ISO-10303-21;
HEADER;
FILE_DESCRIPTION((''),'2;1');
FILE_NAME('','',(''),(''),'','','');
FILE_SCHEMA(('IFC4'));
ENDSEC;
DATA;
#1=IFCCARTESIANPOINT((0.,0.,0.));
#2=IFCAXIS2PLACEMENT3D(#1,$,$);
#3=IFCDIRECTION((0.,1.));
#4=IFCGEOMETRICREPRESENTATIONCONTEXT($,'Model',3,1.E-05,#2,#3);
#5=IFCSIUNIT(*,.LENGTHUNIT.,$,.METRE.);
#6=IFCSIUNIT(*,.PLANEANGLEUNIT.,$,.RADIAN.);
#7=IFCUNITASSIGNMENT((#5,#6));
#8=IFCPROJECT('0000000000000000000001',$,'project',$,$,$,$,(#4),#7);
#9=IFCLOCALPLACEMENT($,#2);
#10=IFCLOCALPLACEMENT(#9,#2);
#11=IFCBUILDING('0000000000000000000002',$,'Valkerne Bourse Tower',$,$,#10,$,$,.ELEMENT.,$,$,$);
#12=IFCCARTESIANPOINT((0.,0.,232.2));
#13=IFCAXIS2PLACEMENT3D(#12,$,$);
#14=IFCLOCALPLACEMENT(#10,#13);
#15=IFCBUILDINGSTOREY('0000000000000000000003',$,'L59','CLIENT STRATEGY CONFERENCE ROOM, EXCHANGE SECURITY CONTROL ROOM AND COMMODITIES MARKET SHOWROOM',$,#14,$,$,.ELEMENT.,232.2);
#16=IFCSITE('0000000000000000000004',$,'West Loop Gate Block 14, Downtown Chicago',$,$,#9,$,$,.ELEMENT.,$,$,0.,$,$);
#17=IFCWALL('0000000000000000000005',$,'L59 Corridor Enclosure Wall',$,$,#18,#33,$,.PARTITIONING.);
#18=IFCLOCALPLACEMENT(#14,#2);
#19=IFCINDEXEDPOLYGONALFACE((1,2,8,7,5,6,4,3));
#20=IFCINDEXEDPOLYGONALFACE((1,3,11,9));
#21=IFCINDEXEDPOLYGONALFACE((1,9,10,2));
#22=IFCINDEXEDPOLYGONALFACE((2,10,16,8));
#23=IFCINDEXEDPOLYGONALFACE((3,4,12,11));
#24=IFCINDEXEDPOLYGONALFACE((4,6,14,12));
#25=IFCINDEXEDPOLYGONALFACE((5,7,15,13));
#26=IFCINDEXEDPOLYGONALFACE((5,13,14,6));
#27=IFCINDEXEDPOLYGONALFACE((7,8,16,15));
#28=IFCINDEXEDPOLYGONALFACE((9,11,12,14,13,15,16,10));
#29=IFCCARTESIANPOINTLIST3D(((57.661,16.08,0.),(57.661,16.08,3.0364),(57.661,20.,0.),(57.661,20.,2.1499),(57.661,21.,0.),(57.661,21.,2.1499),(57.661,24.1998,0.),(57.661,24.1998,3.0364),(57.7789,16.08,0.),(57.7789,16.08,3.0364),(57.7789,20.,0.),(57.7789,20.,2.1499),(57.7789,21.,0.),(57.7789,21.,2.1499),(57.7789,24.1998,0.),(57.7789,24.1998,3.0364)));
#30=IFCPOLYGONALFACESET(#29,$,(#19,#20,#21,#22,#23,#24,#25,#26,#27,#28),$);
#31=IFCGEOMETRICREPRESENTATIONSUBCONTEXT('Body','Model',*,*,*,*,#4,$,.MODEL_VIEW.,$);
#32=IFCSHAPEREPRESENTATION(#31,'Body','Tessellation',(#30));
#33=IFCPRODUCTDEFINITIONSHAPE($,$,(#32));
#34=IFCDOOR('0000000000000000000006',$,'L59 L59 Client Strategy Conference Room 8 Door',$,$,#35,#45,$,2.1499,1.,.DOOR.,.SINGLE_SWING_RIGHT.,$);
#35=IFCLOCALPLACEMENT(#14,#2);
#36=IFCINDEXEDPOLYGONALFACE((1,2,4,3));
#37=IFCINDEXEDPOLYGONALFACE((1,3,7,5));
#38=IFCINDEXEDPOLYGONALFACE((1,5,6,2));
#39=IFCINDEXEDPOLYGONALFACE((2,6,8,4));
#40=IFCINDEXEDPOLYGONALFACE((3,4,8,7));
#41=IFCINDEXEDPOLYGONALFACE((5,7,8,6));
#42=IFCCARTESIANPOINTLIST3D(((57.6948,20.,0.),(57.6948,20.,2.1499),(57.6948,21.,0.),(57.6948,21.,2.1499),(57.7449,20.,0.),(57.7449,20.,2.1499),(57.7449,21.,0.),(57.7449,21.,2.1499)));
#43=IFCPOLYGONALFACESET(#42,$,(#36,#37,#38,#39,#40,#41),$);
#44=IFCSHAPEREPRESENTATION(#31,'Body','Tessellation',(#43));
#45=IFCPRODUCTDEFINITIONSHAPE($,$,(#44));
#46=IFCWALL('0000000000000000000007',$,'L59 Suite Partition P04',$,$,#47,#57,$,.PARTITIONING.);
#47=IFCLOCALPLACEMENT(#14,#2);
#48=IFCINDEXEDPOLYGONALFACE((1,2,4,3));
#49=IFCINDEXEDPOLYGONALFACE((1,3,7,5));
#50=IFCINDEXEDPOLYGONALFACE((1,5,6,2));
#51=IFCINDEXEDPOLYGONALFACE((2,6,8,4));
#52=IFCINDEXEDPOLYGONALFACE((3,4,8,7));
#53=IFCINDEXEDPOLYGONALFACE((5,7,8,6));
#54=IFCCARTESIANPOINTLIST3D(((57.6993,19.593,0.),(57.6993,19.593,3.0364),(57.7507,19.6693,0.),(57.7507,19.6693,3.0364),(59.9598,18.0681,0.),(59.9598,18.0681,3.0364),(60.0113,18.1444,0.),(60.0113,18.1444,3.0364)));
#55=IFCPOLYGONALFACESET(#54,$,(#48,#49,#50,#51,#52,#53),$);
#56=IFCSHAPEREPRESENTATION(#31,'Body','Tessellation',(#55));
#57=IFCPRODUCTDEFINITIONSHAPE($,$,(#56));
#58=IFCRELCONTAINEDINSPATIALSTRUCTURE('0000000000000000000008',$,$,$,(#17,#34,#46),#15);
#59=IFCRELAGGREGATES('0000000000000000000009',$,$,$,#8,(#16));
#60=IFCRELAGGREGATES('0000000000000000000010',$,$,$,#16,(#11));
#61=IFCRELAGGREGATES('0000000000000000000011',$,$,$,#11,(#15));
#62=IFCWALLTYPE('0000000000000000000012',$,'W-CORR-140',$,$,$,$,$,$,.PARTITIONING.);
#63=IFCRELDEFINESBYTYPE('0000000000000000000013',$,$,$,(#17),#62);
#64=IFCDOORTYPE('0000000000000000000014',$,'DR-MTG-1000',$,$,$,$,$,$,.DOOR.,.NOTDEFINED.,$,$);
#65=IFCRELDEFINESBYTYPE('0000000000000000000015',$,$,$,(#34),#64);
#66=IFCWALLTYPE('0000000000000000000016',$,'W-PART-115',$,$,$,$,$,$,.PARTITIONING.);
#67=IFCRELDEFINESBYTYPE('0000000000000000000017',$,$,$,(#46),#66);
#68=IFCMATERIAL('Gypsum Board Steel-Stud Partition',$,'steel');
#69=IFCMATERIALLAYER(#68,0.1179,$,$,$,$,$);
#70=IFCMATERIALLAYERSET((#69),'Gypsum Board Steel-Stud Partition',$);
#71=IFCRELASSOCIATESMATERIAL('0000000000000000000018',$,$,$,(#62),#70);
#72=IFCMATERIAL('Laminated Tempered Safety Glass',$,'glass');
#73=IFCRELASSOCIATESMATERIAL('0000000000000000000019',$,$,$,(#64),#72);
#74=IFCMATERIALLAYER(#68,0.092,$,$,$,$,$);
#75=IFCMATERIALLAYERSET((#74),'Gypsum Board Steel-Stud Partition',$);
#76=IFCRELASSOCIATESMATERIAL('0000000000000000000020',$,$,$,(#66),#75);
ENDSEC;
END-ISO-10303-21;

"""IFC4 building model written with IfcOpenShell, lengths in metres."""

from ifc_helpers import new_model, si_unit, direction, frame, frame_2d, origin, place, context, subcontext, project, spatial, rectangle, extrude, material, layer, layer_set, type_object, element, fill, save


model = new_model("IFC4")

# Units and contexts
model_context = context("Model", 3, precision=1e-05, world=origin(), true_north=direction((0.0, 1.0)))
body_context = subcontext(model_context, "Body", "Model", "MODEL_VIEW")
ifc_project = project(units=[si_unit("LENGTHUNIT", "METRE"), si_unit("PLANEANGLEUNIT", "RADIAN")], contexts=[model_context])

# Site, building, storey
site_placement = place(None, origin())
site = spatial("IfcSite", under=ifc_project, at=site_placement, Name="West Loop Gate Block 14, Downtown Chicago", CompositionType="ELEMENT", RefElevation=0.0)
building_placement = place(site_placement, origin())
building = spatial("IfcBuilding", under=site, at=building_placement, Name="Valkerne Bourse Tower", CompositionType="ELEMENT")
storey_placement = place(building_placement, frame((0.0, 0.0, 232.2)))
storey = spatial("IfcBuildingStorey", under=building, at=storey_placement, Name="L59", Description="CLIENT STRATEGY CONFERENCE ROOM, EXCHANGE SECURITY CONTROL ROOM AND COMMODITIES MARKET SHOWROOM", CompositionType="ELEMENT", Elevation=232.2)

# Shared definitions
ifc_material_1 = material(Name="Gypsum Board Steel-Stud Partition", Category="steel")
ifc_layer_1 = layer(ifc_material_1, 0.1179)
ifc_layer_set_1 = layer_set([ifc_layer_1], Name="Gypsum Board Steel-Stud Partition")
wall_type_1 = type_object("IfcWallType", Name="W-CORR-140", PredefinedType="PARTITIONING", material=ifc_layer_set_1)

# Wall, opening, door
wall_1_placement = place(storey_placement, frame((57.72, 24.2, 0.0), z_axis=(0.0, 0.0, 1.0), x_axis=(0.0, -1.0, 0.0)))
wall_1 = element("IfcWall", 1, at=wall_1_placement, inside=storey, type_object=wall_type_1, Name="L59 Corridor Enclosure Wall", PredefinedType="PARTITIONING", context=body_context, shape_type="SweptSolid", body=[
    extrude(rectangle(XDim=8.1199, YDim=0.1179, at=frame_2d((4.0601, 0.0))), origin(), (0.0, 0.0, 1.0), 3.0364),
])
opening_1_placement = place(wall_1_placement, frame((3.2, 0.0, 0.0)))
opening_1 = element("IfcOpeningElement", 2, at=opening_1_placement, cuts=wall_1, PredefinedType="OPENING", context=body_context, shape_type="SweptSolid", body=[
    extrude(rectangle(XDim=1.0, YDim=2.1499, at=frame_2d((0.5, 1.075))), frame((0.0, 0.0688, 0.0), z_axis=(0.0, -1.0, 0.0), x_axis=(1.0, 0.0, 0.0)), (0.0, 0.0, 1.0), 0.1379),
])
ifc_material_2 = material(Name="Laminated Tempered Safety Glass", Category="glass")
door_type_1 = type_object("IfcDoorType", Name="DR-MTG-1000", OperationType="NOTDEFINED", PredefinedType="DOOR", material=ifc_material_2)
door_1_placement = place(opening_1_placement, origin())
door_1 = element("IfcDoor", 3, at=door_1_placement, inside=storey, type_object=door_type_1, Name="L59 L59 Client Strategy Conference Room 8 Door", OperationType="SINGLE_SWING_RIGHT", OverallHeight=2.1499, OverallWidth=1.0, PredefinedType="DOOR", context=body_context, shape_type="SweptSolid", body=[
    extrude(rectangle(XDim=1.0, YDim=2.1499, at=frame_2d((0.5, 1.075))), frame((0.0, 0.0249, 0.0), z_axis=(0.0, -1.0, 0.0), x_axis=(1.0, 0.0, 0.0)), (0.0, 0.0, 1.0), 0.05),
])
fill(opening_1, door_1)

# Wall
ifc_layer_2 = layer(ifc_material_1, 0.092)
ifc_layer_set_2 = layer_set([ifc_layer_2], Name="Gypsum Board Steel-Stud Partition")
wall_type_2 = type_object("IfcWallType", Name="W-PART-115", PredefinedType="PARTITIONING", material=ifc_layer_set_2)
wall_2_placement = place(storey_placement, frame((57.7251, 19.6311, 0.0), z_axis=(0.0, 0.0, 1.0), x_axis=(0.829007, -0.559238, 0.0)))
element("IfcWall", 4, at=wall_2_placement, inside=storey, type_object=wall_type_2, Name="L59 Suite Partition P04", PredefinedType="PARTITIONING", context=body_context, shape_type="SweptSolid", body=[
    extrude(rectangle(XDim=2.7268, YDim=0.092, at=frame_2d((1.3633, 0.0))), origin(), (0.0, 0.0, 1.0), 3.0364),
])

save(model, "model.ifc")
